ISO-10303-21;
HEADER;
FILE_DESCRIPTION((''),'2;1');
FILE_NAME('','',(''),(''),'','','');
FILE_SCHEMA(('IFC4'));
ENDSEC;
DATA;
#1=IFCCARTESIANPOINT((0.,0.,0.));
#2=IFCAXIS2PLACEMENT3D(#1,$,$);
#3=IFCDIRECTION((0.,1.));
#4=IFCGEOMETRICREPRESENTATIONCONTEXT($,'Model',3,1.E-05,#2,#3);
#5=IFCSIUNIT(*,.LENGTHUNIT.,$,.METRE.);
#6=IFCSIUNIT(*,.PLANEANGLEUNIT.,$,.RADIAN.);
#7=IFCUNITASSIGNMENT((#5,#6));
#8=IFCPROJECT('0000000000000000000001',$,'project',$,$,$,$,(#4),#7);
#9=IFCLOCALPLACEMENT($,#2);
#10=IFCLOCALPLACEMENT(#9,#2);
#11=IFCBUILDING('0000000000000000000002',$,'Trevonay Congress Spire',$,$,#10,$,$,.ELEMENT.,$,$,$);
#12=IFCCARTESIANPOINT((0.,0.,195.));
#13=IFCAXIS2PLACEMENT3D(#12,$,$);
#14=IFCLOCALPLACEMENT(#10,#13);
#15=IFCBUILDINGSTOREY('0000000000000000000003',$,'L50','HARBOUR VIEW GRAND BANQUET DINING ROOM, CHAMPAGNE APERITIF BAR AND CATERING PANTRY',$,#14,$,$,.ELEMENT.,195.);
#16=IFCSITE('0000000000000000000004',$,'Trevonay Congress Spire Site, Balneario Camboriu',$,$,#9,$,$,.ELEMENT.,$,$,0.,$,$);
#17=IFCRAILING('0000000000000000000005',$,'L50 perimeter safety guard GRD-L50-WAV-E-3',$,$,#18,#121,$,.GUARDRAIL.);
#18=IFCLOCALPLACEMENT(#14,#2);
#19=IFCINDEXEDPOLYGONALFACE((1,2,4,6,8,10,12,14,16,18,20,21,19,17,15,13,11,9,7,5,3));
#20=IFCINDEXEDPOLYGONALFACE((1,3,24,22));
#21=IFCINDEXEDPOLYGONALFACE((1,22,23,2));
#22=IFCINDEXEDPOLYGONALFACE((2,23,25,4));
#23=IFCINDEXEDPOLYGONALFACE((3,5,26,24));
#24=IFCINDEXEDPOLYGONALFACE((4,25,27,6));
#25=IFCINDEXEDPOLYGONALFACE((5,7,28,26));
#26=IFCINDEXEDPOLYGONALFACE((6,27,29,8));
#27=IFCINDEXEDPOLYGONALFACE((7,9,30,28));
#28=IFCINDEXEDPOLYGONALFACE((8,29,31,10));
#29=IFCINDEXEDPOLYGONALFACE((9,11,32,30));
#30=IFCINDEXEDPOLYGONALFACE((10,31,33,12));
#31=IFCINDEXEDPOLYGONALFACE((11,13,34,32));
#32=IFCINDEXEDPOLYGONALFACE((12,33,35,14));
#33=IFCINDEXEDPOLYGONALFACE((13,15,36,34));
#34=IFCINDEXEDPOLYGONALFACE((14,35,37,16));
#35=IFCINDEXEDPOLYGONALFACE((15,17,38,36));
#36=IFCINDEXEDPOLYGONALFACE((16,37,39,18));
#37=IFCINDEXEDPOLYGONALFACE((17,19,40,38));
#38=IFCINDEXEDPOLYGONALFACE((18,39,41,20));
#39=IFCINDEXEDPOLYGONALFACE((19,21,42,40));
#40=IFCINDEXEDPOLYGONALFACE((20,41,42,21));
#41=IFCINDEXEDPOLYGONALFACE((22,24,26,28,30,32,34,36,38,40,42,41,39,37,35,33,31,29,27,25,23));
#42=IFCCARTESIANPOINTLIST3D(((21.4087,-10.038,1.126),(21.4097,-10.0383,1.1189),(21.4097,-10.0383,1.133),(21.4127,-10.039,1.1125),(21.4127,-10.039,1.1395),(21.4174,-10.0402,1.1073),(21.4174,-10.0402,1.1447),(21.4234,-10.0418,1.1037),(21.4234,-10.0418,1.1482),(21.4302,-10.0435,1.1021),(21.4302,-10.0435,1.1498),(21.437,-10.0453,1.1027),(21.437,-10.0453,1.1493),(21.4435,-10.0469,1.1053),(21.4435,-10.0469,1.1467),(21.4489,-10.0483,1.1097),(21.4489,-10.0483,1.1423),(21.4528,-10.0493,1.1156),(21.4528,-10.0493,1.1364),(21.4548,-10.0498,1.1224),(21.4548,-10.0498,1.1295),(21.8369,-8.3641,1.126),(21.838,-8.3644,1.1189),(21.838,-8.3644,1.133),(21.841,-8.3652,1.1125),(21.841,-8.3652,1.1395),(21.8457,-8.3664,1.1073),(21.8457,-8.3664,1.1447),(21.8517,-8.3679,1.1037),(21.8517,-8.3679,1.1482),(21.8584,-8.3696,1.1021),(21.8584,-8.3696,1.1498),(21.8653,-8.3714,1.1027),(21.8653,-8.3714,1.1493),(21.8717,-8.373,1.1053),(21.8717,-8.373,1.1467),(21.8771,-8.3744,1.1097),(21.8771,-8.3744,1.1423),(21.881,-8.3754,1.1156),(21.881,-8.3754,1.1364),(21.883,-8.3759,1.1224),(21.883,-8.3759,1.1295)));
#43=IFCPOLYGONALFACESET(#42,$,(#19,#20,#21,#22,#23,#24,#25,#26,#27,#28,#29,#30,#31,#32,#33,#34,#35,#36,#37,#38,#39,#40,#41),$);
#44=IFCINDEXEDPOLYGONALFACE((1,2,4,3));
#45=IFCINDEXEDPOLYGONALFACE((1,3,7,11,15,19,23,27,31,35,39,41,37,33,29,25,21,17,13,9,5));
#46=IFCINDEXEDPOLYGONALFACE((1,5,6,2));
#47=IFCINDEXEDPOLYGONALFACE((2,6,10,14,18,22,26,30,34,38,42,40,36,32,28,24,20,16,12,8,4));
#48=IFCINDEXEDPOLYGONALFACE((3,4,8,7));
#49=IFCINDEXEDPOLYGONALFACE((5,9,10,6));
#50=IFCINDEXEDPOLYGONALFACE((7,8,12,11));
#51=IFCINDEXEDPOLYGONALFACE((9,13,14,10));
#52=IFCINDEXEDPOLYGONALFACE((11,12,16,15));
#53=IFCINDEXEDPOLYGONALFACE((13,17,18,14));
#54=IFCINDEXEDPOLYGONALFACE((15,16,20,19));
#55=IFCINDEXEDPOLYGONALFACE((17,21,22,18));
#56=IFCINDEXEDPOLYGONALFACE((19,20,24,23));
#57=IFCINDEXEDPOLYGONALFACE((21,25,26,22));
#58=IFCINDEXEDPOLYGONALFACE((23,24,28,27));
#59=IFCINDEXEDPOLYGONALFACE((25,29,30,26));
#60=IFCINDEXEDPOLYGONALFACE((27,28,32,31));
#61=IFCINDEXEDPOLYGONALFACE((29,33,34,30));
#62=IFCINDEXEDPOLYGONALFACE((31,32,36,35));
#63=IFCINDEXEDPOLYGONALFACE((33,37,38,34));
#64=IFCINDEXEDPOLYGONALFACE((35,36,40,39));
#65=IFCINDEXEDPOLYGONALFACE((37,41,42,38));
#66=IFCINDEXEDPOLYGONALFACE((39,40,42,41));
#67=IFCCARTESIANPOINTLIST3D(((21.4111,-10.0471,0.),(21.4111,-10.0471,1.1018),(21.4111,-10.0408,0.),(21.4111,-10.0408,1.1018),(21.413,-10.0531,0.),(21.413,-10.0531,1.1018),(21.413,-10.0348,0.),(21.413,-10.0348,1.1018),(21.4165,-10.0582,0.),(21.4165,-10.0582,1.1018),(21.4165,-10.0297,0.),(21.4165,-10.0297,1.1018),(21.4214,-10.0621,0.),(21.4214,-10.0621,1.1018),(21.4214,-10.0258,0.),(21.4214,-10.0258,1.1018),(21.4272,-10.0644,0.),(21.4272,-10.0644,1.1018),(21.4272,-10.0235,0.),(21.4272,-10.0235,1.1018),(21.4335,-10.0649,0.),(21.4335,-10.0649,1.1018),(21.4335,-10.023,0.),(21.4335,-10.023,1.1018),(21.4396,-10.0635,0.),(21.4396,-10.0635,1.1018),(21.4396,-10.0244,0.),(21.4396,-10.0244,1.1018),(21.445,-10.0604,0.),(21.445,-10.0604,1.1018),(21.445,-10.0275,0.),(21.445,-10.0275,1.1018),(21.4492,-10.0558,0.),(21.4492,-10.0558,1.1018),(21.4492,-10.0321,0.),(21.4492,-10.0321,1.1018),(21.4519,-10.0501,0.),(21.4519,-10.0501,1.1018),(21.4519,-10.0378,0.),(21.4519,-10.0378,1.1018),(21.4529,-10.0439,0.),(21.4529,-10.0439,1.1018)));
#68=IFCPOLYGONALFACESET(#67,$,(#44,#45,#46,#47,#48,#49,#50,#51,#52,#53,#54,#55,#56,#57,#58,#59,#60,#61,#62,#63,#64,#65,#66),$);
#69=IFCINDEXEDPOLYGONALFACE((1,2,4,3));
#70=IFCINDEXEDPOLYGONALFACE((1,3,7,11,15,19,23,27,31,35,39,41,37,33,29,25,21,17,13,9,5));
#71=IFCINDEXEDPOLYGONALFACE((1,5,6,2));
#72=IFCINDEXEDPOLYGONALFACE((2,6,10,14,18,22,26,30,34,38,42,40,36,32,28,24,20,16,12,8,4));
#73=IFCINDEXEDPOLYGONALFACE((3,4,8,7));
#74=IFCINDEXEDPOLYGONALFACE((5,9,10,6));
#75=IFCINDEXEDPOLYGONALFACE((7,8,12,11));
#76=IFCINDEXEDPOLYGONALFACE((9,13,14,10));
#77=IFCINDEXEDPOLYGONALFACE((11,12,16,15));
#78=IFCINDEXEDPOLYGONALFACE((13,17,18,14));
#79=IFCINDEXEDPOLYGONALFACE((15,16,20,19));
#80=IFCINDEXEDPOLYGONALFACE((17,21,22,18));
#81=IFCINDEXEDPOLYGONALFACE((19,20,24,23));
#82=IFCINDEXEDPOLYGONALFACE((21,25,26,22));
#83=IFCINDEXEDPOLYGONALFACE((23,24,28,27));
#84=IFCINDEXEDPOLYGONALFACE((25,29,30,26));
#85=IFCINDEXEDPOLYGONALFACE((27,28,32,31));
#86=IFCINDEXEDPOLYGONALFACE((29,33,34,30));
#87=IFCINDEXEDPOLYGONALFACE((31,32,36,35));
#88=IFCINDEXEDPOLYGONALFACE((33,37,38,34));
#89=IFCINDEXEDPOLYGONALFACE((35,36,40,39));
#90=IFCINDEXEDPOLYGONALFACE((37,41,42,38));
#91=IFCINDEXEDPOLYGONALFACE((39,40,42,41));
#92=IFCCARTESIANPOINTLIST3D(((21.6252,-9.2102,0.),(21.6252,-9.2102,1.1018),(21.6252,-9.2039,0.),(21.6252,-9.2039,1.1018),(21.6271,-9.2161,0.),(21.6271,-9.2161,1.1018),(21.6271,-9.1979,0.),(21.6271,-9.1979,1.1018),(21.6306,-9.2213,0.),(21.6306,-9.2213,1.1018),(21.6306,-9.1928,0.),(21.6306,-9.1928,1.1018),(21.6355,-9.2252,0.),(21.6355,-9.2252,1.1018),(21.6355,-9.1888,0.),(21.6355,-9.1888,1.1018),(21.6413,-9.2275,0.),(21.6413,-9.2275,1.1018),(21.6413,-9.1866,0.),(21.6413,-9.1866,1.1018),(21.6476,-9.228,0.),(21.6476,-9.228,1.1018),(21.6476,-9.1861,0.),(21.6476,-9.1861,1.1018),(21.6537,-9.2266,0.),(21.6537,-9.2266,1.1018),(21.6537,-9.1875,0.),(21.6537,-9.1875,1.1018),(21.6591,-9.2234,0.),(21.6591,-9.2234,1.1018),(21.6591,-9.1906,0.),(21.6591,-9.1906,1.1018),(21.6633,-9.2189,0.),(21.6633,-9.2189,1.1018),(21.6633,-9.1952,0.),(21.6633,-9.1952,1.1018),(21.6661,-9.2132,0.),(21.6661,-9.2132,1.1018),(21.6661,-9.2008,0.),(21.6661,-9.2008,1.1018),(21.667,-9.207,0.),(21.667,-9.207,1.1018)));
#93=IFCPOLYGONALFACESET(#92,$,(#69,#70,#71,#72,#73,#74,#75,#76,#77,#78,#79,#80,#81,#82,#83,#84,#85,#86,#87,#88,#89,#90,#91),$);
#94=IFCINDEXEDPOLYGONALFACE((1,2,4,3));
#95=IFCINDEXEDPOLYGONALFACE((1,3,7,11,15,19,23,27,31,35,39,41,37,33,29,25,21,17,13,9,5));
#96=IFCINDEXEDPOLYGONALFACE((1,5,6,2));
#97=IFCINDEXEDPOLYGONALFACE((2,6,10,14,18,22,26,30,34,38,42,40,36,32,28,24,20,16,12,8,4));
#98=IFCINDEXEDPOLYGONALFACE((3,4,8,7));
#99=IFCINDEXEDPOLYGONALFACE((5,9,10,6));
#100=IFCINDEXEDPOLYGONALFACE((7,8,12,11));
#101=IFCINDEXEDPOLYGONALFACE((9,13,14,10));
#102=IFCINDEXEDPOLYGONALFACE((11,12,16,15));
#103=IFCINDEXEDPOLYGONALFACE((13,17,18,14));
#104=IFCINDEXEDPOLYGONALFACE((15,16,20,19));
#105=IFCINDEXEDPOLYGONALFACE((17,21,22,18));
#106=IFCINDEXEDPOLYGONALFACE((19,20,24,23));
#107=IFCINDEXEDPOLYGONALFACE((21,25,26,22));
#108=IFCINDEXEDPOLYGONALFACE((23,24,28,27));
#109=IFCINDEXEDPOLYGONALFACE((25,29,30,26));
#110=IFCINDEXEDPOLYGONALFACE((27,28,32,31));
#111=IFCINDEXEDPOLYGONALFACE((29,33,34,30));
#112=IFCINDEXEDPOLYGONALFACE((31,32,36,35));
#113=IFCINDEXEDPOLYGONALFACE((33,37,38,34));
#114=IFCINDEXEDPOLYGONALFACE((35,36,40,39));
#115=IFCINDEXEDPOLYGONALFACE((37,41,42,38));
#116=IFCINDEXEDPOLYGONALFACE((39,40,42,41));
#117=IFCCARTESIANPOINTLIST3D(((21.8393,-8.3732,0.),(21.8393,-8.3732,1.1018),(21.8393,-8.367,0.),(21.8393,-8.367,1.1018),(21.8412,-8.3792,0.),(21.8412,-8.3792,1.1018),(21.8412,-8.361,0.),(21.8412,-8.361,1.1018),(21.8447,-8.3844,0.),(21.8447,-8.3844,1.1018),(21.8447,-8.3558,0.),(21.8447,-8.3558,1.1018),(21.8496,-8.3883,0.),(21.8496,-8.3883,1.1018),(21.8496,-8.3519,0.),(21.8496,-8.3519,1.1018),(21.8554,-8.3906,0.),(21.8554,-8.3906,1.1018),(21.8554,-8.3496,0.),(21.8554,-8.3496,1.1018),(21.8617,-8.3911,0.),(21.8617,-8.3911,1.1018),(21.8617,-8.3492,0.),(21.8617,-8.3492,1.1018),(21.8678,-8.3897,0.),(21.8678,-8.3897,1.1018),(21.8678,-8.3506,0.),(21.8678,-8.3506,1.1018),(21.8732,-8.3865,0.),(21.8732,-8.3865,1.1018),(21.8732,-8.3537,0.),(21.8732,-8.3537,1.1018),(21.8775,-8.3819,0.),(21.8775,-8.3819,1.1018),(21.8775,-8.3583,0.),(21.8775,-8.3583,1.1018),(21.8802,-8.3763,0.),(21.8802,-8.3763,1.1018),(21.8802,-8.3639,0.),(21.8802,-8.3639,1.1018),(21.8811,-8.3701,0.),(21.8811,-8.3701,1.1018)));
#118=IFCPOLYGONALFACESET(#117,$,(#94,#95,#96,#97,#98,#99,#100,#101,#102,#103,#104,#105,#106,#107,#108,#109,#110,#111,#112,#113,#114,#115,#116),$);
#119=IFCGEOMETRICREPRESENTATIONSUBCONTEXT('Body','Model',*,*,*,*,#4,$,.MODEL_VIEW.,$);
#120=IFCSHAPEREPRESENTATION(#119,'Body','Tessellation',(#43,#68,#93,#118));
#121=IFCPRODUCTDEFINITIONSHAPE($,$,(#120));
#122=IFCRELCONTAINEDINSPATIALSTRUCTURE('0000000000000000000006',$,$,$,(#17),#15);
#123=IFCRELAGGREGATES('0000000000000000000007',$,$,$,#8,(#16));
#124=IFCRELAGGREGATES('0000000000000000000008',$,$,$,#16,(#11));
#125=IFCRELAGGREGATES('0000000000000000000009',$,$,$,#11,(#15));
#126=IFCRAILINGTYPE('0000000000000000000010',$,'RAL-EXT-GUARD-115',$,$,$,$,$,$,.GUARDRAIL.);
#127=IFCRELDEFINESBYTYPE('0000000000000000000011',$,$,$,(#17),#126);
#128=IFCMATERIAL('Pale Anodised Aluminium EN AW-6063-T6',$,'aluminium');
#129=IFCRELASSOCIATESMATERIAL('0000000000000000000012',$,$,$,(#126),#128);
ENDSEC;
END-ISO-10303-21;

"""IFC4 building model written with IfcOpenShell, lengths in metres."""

from ifc_helpers import new_model, si_unit, direction, frame, origin, origin_2d, place, context, subcontext, project, spatial, circle, extrude, material, type_object, element, save


model = new_model("IFC4")

# Units and contexts
model_context = context("Model", 3, precision=1e-05, world=origin(), true_north=direction((0.0, 1.0)))
body_context = subcontext(model_context, "Body", "Model", "MODEL_VIEW")
ifc_project = project(units=[si_unit("LENGTHUNIT", "METRE"), si_unit("PLANEANGLEUNIT", "RADIAN")], contexts=[model_context])

# Site, building, storey
site_placement = place(None, origin())
site = spatial("IfcSite", under=ifc_project, at=site_placement, Name="Trevonay Congress Spire Site, Balneario Camboriu", CompositionType="ELEMENT", RefElevation=0.0)
building_placement = place(site_placement, origin())
building = spatial("IfcBuilding", under=site, at=building_placement, Name="Trevonay Congress Spire", CompositionType="ELEMENT")
storey_placement = place(building_placement, frame((0.0, 0.0, 195.0)))
storey = spatial("IfcBuildingStorey", under=building, at=storey_placement, Name="L50", Description="HARBOUR VIEW GRAND BANQUET DINING ROOM, CHAMPAGNE APERITIF BAR AND CATERING PANTRY", CompositionType="ELEMENT", Elevation=195.0)

# Shared definitions
ifc_material_1 = material(Name="Pale Anodised Aluminium EN AW-6063-T6", Category="aluminium")

# Railing
railing_type = type_object("IfcRailingType", Name="RAL-EXT-GUARD-115", PredefinedType="GUARDRAIL", material=ifc_material_1)
railing_1_placement = place(storey_placement, frame((21.4319, -10.0439, 0.0)))
element("IfcRailing", 1, at=railing_1_placement, inside=storey, type_object=railing_type, Name="L50 perimeter safety guard GRD-L50-WAV-E-3", PredefinedType="GUARDRAIL", context=body_context, shape_type="SweptSolid", body=[
    extrude(circle(Radius=0.0239, at=origin_2d()), frame((0.0, 0.0, 1.126), z_axis=(0.247852, 0.968798, 0.0), x_axis=(-0.968798, 0.247852, 0.0)), (0.0, 0.0, 1.0), 1.7278),
    extrude(circle(Radius=0.021, at=origin_2d()), origin(), (0.0, 0.0, 1.0), 1.1018),
    extrude(circle(Radius=0.021, at=origin_2d()), frame((0.2141, 0.8369, 0.0)), (0.0, 0.0, 1.0), 1.1018),
    extrude(circle(Radius=0.021, at=origin_2d()), frame((0.4282, 1.6738, 0.0)), (0.0, 0.0, 1.0), 1.1018),
])

save(model, "model.ifc")
